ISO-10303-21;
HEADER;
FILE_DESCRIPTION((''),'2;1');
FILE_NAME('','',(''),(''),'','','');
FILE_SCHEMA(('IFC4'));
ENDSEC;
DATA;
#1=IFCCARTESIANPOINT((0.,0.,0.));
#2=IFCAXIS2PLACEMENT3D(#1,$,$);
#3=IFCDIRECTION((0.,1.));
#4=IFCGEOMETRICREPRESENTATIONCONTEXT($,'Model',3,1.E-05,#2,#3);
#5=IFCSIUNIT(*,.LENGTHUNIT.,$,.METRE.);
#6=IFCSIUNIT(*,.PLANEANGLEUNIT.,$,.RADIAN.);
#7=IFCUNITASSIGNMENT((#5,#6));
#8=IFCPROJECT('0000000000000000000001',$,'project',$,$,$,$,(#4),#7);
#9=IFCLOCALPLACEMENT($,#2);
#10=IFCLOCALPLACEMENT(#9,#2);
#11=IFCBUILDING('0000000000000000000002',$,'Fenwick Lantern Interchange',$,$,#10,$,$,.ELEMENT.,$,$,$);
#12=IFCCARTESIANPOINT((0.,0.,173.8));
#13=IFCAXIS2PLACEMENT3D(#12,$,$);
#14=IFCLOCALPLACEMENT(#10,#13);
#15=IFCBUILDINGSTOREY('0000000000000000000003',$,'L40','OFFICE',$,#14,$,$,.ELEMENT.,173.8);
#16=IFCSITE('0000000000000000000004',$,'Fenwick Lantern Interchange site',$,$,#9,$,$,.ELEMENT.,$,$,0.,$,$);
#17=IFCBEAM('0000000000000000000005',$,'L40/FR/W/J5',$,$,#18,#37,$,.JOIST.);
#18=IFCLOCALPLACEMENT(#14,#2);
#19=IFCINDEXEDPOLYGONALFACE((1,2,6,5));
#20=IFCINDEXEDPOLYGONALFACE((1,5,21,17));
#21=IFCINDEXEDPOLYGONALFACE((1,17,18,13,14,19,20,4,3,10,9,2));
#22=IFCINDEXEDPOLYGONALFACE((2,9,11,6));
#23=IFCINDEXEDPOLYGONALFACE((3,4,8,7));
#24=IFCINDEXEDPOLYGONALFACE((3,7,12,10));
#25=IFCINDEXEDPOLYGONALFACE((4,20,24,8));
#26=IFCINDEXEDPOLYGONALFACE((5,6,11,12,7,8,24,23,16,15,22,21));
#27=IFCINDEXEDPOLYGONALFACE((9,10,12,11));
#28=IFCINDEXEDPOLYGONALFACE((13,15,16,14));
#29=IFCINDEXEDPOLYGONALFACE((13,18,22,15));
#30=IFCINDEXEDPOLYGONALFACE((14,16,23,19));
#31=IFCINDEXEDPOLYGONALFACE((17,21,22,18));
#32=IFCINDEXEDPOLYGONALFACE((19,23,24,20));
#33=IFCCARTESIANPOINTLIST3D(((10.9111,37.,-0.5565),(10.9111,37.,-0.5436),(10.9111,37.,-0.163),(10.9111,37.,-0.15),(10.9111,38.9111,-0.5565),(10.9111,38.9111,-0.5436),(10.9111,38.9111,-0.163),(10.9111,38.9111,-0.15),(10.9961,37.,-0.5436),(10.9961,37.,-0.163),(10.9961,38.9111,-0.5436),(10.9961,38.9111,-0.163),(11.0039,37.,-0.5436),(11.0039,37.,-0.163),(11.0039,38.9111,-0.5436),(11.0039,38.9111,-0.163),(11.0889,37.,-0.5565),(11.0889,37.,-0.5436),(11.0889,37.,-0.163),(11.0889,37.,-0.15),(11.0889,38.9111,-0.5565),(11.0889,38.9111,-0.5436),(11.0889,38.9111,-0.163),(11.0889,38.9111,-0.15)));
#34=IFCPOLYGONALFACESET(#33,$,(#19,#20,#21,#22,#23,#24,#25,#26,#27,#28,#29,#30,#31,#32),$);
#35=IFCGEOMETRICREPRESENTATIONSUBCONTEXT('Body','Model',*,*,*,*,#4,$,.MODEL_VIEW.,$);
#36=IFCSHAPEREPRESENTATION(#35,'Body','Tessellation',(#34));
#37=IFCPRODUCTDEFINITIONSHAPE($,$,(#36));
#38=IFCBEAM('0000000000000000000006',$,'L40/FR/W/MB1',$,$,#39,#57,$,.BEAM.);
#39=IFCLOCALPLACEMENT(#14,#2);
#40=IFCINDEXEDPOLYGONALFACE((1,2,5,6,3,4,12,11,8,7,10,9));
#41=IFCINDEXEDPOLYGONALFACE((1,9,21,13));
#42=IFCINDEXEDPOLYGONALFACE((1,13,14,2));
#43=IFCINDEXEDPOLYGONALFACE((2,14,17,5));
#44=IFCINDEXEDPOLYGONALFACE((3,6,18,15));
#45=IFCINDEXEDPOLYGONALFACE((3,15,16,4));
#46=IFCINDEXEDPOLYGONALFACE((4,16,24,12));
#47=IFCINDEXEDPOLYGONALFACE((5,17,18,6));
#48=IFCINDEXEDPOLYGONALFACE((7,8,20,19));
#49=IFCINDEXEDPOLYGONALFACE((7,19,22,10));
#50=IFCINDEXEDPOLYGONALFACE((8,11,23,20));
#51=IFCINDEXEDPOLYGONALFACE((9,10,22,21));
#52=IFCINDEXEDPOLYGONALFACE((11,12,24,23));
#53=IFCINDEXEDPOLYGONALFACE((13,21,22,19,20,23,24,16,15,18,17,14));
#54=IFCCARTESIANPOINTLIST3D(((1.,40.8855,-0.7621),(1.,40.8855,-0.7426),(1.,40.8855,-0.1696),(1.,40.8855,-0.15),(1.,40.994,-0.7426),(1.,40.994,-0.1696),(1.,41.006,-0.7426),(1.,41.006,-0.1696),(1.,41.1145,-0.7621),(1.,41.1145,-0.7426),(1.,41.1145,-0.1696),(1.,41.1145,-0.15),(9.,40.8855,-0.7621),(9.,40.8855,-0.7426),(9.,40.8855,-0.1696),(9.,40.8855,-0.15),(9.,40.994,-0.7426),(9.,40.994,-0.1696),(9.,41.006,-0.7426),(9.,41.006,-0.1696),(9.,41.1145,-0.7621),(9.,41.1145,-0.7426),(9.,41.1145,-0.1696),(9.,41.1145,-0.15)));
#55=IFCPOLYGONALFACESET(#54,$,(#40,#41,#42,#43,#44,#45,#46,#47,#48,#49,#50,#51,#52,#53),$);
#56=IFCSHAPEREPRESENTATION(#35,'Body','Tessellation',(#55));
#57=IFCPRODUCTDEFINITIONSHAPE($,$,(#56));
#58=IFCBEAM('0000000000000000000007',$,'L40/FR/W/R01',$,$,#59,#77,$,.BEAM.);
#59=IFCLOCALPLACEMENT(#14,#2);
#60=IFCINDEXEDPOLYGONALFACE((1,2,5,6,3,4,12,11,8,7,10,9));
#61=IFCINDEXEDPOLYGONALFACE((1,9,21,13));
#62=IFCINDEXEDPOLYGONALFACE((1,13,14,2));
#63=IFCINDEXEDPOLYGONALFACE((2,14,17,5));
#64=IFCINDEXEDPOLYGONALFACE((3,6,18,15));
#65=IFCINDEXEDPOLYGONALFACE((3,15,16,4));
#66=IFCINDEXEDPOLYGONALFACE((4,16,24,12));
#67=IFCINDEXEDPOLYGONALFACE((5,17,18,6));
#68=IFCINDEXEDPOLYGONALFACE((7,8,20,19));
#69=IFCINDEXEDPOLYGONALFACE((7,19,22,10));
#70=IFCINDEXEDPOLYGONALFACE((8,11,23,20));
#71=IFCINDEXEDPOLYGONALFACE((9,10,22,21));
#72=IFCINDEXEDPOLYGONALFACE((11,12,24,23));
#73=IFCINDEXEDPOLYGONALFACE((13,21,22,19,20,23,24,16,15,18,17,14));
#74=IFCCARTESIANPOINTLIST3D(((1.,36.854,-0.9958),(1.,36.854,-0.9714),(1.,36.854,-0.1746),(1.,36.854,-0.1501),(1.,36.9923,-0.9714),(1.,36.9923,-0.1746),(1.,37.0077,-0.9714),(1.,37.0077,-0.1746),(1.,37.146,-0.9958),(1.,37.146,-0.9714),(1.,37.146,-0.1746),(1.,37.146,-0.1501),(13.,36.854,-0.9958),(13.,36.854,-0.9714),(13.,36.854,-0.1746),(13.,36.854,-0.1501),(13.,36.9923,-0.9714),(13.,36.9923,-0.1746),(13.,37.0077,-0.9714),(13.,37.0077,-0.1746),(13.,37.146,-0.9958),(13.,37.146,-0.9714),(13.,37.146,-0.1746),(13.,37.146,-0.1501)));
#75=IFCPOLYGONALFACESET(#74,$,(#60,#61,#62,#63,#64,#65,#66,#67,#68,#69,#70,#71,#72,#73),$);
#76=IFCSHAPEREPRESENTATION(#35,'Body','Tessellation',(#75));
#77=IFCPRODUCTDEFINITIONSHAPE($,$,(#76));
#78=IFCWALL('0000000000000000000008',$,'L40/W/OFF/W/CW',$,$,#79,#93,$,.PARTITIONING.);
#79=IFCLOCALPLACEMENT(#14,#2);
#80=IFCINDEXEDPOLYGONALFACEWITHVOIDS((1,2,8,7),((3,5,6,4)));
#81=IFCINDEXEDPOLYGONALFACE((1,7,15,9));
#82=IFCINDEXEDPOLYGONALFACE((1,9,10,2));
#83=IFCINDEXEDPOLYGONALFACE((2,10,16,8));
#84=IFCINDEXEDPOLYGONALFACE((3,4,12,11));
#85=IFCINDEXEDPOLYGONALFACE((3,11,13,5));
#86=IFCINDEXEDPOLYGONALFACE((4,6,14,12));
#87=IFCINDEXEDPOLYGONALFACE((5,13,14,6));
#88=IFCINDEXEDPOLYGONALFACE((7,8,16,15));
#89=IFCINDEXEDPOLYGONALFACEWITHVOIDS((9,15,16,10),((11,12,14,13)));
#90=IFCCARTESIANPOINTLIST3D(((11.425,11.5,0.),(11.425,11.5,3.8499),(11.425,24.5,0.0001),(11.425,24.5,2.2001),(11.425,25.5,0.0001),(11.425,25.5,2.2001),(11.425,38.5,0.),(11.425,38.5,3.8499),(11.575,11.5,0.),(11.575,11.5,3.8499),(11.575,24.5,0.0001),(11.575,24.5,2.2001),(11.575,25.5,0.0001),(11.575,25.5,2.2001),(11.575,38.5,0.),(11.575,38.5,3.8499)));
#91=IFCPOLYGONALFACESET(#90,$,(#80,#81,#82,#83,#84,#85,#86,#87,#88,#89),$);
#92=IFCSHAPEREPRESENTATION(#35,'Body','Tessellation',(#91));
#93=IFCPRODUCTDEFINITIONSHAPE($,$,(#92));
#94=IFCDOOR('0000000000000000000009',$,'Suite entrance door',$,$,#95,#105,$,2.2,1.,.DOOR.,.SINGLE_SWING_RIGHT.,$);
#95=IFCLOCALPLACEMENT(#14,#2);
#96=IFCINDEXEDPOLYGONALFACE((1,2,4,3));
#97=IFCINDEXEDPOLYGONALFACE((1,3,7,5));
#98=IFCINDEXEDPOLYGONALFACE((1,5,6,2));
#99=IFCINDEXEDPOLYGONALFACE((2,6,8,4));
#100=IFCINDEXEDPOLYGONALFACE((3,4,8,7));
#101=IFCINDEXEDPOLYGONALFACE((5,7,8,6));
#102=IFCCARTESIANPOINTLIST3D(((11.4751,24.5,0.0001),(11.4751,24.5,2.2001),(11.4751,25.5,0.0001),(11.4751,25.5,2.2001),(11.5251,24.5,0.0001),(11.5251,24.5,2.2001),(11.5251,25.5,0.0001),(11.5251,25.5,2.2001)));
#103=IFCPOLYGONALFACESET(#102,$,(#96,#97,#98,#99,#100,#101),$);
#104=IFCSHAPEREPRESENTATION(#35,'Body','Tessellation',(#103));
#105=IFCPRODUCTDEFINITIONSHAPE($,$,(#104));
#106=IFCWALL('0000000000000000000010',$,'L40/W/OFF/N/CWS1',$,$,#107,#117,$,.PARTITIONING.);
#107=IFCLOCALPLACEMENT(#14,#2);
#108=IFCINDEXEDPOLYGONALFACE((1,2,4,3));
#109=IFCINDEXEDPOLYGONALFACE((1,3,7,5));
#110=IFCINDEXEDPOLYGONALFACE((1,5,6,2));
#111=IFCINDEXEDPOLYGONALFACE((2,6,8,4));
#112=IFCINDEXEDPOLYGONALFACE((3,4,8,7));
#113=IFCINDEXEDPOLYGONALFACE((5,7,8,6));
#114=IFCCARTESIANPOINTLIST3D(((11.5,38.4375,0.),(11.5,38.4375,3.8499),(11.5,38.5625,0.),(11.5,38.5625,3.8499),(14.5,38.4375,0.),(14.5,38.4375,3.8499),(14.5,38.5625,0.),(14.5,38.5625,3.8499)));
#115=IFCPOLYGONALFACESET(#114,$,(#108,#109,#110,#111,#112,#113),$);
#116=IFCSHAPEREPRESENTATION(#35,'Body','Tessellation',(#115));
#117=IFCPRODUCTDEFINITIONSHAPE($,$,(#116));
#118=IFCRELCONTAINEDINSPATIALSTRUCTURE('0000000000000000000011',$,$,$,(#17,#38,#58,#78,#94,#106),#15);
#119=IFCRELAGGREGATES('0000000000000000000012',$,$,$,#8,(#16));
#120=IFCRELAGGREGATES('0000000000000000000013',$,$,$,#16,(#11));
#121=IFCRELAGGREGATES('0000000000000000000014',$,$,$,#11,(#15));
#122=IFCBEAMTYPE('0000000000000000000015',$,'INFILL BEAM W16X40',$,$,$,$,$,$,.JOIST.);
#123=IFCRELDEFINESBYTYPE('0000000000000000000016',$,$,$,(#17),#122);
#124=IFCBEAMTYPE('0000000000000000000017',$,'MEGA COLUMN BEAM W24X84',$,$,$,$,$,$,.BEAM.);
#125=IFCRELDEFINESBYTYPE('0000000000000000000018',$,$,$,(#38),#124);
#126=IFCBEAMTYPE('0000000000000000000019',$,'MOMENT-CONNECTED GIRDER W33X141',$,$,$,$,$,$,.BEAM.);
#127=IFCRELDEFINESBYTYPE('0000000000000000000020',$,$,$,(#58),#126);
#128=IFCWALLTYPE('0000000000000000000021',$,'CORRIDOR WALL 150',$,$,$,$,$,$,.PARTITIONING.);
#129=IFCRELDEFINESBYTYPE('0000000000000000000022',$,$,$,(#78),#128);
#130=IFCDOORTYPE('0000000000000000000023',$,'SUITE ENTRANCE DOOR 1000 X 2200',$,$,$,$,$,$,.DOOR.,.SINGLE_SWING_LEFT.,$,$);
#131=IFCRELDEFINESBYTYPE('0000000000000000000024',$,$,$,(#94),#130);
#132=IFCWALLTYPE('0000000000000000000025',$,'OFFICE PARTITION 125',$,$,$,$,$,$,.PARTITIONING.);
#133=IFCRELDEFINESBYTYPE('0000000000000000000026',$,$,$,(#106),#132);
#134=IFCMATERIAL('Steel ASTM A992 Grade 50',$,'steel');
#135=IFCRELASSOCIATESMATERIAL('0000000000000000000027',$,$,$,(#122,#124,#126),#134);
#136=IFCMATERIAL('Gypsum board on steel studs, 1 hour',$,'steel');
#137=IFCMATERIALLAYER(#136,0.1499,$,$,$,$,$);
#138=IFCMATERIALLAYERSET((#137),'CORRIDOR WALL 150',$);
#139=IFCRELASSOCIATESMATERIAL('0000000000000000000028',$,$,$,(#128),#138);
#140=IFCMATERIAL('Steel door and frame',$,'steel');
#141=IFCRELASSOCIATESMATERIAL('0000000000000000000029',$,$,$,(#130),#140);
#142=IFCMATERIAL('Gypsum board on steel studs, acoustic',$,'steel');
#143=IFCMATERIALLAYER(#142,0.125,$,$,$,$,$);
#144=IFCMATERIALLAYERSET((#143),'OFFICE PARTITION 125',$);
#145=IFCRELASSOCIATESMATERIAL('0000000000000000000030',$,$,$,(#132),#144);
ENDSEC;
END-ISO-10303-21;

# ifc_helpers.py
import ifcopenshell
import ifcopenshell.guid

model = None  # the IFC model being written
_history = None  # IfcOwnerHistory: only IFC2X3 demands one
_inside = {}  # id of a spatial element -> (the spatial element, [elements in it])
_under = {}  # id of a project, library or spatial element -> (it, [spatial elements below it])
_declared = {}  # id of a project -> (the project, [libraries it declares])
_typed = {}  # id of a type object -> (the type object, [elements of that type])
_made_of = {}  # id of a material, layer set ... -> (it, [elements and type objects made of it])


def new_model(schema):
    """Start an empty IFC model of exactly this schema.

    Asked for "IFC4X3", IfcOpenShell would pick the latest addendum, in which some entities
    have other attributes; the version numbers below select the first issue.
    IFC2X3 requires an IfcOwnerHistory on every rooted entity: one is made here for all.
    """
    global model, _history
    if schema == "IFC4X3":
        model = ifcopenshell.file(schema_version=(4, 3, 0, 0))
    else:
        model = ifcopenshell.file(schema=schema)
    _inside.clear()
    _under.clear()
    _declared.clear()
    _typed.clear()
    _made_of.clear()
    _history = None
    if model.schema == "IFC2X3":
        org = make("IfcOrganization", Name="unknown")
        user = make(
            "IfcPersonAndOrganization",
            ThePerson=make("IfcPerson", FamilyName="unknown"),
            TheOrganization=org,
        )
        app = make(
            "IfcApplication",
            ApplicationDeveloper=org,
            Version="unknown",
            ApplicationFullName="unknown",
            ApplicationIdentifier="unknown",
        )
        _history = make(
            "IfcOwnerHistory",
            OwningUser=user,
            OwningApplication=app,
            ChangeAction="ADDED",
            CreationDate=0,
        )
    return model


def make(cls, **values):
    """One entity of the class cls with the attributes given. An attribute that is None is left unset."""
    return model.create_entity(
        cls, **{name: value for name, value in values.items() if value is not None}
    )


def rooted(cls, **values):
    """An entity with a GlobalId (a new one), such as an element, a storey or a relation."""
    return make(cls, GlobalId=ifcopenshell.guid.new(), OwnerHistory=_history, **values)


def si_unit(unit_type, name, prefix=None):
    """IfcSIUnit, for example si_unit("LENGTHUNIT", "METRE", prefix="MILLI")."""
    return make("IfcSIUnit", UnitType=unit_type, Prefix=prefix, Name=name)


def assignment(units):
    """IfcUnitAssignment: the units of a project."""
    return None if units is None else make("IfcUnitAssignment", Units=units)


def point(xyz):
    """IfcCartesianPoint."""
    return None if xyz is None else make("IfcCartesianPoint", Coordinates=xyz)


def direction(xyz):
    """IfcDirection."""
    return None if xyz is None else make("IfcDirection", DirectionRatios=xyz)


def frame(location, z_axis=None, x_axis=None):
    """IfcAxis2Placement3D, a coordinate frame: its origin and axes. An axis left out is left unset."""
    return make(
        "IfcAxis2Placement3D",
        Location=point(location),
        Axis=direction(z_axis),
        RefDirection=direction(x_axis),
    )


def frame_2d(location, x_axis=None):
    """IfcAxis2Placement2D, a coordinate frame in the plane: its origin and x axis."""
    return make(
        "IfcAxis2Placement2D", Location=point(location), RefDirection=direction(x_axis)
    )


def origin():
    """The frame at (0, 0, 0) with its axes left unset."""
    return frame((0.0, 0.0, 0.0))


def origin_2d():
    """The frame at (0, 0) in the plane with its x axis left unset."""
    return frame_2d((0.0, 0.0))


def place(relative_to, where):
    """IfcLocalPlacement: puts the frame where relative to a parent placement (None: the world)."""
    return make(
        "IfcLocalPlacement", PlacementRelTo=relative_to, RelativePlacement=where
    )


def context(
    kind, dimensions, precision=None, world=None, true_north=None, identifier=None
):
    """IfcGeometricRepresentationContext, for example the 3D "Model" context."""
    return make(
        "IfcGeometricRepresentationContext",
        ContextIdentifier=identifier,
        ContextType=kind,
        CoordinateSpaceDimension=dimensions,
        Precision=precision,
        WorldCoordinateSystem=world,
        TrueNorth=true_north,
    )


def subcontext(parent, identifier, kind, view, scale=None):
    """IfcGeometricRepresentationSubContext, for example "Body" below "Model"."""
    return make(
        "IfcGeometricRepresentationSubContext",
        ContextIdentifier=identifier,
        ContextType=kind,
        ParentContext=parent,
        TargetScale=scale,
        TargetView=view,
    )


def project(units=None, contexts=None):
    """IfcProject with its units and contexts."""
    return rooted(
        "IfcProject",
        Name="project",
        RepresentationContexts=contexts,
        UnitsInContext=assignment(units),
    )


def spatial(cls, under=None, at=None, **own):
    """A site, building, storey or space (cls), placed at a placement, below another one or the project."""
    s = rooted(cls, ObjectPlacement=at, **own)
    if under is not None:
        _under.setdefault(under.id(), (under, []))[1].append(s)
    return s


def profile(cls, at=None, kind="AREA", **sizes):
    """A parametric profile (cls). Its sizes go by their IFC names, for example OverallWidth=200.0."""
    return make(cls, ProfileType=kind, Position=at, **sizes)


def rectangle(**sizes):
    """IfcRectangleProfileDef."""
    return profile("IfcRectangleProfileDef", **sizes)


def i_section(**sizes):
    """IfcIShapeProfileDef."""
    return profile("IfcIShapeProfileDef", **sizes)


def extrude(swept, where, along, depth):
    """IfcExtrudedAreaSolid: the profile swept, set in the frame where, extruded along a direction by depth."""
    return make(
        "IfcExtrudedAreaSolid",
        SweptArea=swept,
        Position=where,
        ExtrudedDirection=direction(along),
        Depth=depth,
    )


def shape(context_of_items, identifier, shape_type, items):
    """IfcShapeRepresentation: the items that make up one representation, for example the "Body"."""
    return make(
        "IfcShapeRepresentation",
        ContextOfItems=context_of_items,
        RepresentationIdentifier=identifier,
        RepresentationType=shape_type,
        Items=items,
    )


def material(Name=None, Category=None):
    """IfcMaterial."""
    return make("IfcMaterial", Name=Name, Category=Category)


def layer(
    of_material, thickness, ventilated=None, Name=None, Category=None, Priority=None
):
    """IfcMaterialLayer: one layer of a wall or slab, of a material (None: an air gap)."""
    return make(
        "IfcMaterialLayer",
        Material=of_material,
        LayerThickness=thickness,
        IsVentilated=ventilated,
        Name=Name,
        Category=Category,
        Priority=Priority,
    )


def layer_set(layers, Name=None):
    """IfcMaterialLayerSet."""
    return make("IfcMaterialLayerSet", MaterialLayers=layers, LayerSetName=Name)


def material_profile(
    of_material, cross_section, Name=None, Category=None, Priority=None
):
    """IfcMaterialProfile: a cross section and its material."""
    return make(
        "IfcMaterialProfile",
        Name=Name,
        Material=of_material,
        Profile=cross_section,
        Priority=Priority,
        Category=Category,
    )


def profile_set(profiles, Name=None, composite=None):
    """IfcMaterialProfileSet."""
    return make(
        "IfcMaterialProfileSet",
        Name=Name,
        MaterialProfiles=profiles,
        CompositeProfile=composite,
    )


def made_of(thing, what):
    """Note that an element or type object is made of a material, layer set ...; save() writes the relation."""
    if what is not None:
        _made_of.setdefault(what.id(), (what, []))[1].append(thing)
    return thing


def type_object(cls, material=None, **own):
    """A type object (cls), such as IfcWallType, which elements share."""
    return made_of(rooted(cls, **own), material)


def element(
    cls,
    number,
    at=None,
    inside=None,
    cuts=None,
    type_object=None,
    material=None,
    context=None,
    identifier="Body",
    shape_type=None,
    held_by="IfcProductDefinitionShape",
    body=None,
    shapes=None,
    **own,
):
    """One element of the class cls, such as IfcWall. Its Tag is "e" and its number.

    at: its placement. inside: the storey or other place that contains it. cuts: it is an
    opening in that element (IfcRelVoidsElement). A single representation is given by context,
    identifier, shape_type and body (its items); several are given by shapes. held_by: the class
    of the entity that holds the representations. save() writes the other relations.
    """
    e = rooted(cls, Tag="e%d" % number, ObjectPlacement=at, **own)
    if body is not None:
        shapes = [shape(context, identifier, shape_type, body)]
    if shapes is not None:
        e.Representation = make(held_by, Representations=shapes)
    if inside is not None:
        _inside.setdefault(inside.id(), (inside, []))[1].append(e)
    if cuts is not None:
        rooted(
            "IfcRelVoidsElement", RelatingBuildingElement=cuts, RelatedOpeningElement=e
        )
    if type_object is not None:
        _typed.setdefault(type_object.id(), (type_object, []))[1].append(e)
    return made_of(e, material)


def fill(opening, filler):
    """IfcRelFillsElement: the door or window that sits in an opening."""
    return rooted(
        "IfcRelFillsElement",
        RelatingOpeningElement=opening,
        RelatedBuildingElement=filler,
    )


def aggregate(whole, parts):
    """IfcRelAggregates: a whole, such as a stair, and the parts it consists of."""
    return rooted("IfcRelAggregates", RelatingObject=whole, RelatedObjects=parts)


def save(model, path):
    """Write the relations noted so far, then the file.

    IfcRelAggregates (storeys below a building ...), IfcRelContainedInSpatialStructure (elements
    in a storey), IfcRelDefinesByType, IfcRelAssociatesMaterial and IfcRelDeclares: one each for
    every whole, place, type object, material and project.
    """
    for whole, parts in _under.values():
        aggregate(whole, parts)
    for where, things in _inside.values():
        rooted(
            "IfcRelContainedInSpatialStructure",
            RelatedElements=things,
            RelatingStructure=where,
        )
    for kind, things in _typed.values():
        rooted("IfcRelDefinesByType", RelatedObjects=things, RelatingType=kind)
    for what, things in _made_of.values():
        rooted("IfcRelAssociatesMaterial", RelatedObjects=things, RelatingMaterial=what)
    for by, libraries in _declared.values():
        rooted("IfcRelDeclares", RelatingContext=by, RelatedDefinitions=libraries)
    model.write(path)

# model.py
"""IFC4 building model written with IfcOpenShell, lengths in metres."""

from ifc_helpers import new_model, si_unit, direction, frame, frame_2d, origin, origin_2d, place, context, subcontext, project, spatial, rectangle, i_section, extrude, material, layer, layer_set, material_profile, profile_set, type_object, element, fill, save


model = new_model("IFC4")

# Units and contexts
model_context = context("Model", 3, precision=1e-05, world=origin(), true_north=direction((0.0, 1.0)))
body_context = subcontext(model_context, "Body", "Model", "MODEL_VIEW")
ifc_project = project(units=[si_unit("LENGTHUNIT", "METRE"), si_unit("PLANEANGLEUNIT", "RADIAN")], contexts=[model_context])

# Site, building, storey
site_placement = place(None, origin())
site = spatial("IfcSite", under=ifc_project, at=site_placement, Name="Fenwick Lantern Interchange site", CompositionType="ELEMENT", RefElevation=0.0)
building_placement = place(site_placement, origin())
building = spatial("IfcBuilding", under=site, at=building_placement, Name="Fenwick Lantern Interchange", CompositionType="ELEMENT")
storey_placement = place(building_placement, frame((0.0, 0.0, 173.8)))
storey = spatial("IfcBuildingStorey", under=building, at=storey_placement, Name="L40", Description="OFFICE", CompositionType="ELEMENT", Elevation=173.8)

# Beams
ifc_material_1 = material(Name="Steel ASTM A992 Grade 50", Category="steel")
ifc_material_profile_1 = material_profile(ifc_material_1, i_section(OverallWidth=0.1777, OverallDepth=0.4065, WebThickness=0.0078, FlangeThickness=0.0129, at=origin_2d()), Name="W16X40")
ifc_profile_set_1 = profile_set([ifc_material_profile_1], Name="Steel ASTM A992 Grade 50")
beam_type_1 = type_object("IfcBeamType", Name="INFILL BEAM W16X40", PredefinedType="JOIST", material=ifc_profile_set_1)
beam_1_placement = place(storey_placement, frame((11.0, 38.9111, -0.3533), z_axis=(0.0, -1.0, 0.0), x_axis=(1.0, 0.0, 0.0)))
element("IfcBeam", 1, at=beam_1_placement, inside=storey, type_object=beam_type_1, Name="L40/FR/W/J5", PredefinedType="JOIST", context=body_context, shape_type="SweptSolid", body=[
    extrude(i_section(OverallWidth=0.1777, OverallDepth=0.4065, WebThickness=0.0078, FlangeThickness=0.0129, at=origin_2d()), origin(), (0.0, 0.0, 1.0), 1.9111),
])
ifc_material_profile_2 = material_profile(ifc_material_1, i_section(OverallWidth=0.229, OverallDepth=0.6121, WebThickness=0.012, FlangeThickness=0.0195, at=origin_2d()), Name="W24X84")
ifc_profile_set_2 = profile_set([ifc_material_profile_2], Name="Steel ASTM A992 Grade 50")
beam_type_2 = type_object("IfcBeamType", Name="MEGA COLUMN BEAM W24X84", PredefinedType="BEAM", material=ifc_profile_set_2)
beam_2_placement = place(storey_placement, frame((9.0, 41.0, -0.4561), z_axis=(-1.0, 0.0, 0.0), x_axis=(0.0, -1.0, 0.0)))
element("IfcBeam", 2, at=beam_2_placement, inside=storey, type_object=beam_type_2, Name="L40/FR/W/MB1", PredefinedType="BEAM", context=body_context, shape_type="SweptSolid", body=[
    extrude(i_section(OverallWidth=0.229, OverallDepth=0.6121, WebThickness=0.012, FlangeThickness=0.0195, at=origin_2d()), origin(), (0.0, 0.0, 1.0), 8.0),
])
ifc_material_profile_3 = material_profile(ifc_material_1, i_section(OverallWidth=0.292, OverallDepth=0.8457, WebThickness=0.0154, FlangeThickness=0.0244, at=origin_2d()), Name="W33X141")
ifc_profile_set_3 = profile_set([ifc_material_profile_3], Name="Steel ASTM A992 Grade 50")
beam_type_3 = type_object("IfcBeamType", Name="MOMENT-CONNECTED GIRDER W33X141", PredefinedType="BEAM", material=ifc_profile_set_3)
beam_3_placement = place(storey_placement, frame((1.0, 37.0, -0.573), z_axis=(1.0, 0.0, 0.0), x_axis=(0.0, 1.0, 0.0)))
element("IfcBeam", 3, at=beam_3_placement, inside=storey, type_object=beam_type_3, Name="L40/FR/W/R01", PredefinedType="BEAM", context=body_context, shape_type="SweptSolid", body=[
    extrude(i_section(OverallWidth=0.292, OverallDepth=0.8457, WebThickness=0.0154, FlangeThickness=0.0244, at=origin_2d()), origin(), (0.0, 0.0, 1.0), 12.0),
])

# Wall, opening, door
ifc_material_2 = material(Name="Gypsum board on steel studs, 1 hour", Category="steel")
ifc_layer_1 = layer(ifc_material_2, 0.1499)
ifc_layer_set_1 = layer_set([ifc_layer_1], Name="CORRIDOR WALL 150")
wall_type_1 = type_object("IfcWallType", Name="CORRIDOR WALL 150", PredefinedType="PARTITIONING", material=ifc_layer_set_1)
wall_1_placement = place(storey_placement, frame((11.5, 38.5, 0.0), z_axis=(0.0, 0.0, 1.0), x_axis=(0.0, -1.0, 0.0)))
wall_1 = element("IfcWall", 4, at=wall_1_placement, inside=storey, type_object=wall_type_1, Name="L40/W/OFF/W/CW", PredefinedType="PARTITIONING", context=body_context, shape_type="SweptSolid", body=[
    extrude(rectangle(XDim=27.0, YDim=0.1499, at=frame_2d((13.5, 0.0))), origin(), (0.0, 0.0, 1.0), 3.8499),
])
opening_placement = place(wall_1_placement, frame((13.0, 0.0, 0.0)))
opening = element("IfcOpeningElement", 5, at=opening_placement, cuts=wall_1, PredefinedType="OPENING", context=body_context, shape_type="SweptSolid", body=[
    extrude(rectangle(XDim=1.0, YDim=2.2, at=frame_2d((0.5, 1.1001))), frame((0.0, 0.085, 0.0), z_axis=(0.0, -1.0, 0.0), x_axis=(1.0, 0.0, 0.0)), (0.0, 0.0, 1.0), 0.1699),
])
ifc_material_3 = material(Name="Steel door and frame", Category="steel")
door_type = type_object("IfcDoorType", Name="SUITE ENTRANCE DOOR 1000 X 2200", OperationType="SINGLE_SWING_LEFT", PredefinedType="DOOR", material=ifc_material_3)
door_placement = place(opening_placement, frame((1.0, 0.0, 0.0), z_axis=(0.0, 0.0, 1.0), x_axis=(-1.0, 0.0, 0.0)))
door = element("IfcDoor", 6, at=door_placement, inside=storey, type_object=door_type, Name="Suite entrance door", OperationType="SINGLE_SWING_RIGHT", OverallHeight=2.2, OverallWidth=1.0, PredefinedType="DOOR", context=body_context, shape_type="SweptSolid", body=[
    extrude(rectangle(XDim=1.0, YDim=2.2, at=frame_2d((0.5, 1.1001))), frame((0.0, 0.0249, 0.0), z_axis=(0.0, -1.0, 0.0), x_axis=(1.0, 0.0, 0.0)), (0.0, 0.0, 1.0), 0.05),
])
fill(opening, door)

# Wall
ifc_material_4 = material(Name="Gypsum board on steel studs, acoustic", Category="steel")
ifc_layer_2 = layer(ifc_material_4, 0.125)
ifc_layer_set_2 = layer_set([ifc_layer_2], Name="OFFICE PARTITION 125")
wall_type_2 = type_object("IfcWallType", Name="OFFICE PARTITION 125", PredefinedType="PARTITIONING", material=ifc_layer_set_2)
wall_2_placement = place(storey_placement, frame((14.5, 38.5, 0.0), z_axis=(0.0, 0.0, 1.0), x_axis=(-1.0, 0.0, 0.0)))
element("IfcWall", 7, at=wall_2_placement, inside=storey, type_object=wall_type_2, Name="L40/W/OFF/N/CWS1", PredefinedType="PARTITIONING", context=body_context, shape_type="SweptSolid", body=[
    extrude(rectangle(XDim=3.0, YDim=0.125, at=frame_2d((1.5, 0.0))), origin(), (0.0, 0.0, 1.0), 3.8499),
])

save(model, "model.ifc")
